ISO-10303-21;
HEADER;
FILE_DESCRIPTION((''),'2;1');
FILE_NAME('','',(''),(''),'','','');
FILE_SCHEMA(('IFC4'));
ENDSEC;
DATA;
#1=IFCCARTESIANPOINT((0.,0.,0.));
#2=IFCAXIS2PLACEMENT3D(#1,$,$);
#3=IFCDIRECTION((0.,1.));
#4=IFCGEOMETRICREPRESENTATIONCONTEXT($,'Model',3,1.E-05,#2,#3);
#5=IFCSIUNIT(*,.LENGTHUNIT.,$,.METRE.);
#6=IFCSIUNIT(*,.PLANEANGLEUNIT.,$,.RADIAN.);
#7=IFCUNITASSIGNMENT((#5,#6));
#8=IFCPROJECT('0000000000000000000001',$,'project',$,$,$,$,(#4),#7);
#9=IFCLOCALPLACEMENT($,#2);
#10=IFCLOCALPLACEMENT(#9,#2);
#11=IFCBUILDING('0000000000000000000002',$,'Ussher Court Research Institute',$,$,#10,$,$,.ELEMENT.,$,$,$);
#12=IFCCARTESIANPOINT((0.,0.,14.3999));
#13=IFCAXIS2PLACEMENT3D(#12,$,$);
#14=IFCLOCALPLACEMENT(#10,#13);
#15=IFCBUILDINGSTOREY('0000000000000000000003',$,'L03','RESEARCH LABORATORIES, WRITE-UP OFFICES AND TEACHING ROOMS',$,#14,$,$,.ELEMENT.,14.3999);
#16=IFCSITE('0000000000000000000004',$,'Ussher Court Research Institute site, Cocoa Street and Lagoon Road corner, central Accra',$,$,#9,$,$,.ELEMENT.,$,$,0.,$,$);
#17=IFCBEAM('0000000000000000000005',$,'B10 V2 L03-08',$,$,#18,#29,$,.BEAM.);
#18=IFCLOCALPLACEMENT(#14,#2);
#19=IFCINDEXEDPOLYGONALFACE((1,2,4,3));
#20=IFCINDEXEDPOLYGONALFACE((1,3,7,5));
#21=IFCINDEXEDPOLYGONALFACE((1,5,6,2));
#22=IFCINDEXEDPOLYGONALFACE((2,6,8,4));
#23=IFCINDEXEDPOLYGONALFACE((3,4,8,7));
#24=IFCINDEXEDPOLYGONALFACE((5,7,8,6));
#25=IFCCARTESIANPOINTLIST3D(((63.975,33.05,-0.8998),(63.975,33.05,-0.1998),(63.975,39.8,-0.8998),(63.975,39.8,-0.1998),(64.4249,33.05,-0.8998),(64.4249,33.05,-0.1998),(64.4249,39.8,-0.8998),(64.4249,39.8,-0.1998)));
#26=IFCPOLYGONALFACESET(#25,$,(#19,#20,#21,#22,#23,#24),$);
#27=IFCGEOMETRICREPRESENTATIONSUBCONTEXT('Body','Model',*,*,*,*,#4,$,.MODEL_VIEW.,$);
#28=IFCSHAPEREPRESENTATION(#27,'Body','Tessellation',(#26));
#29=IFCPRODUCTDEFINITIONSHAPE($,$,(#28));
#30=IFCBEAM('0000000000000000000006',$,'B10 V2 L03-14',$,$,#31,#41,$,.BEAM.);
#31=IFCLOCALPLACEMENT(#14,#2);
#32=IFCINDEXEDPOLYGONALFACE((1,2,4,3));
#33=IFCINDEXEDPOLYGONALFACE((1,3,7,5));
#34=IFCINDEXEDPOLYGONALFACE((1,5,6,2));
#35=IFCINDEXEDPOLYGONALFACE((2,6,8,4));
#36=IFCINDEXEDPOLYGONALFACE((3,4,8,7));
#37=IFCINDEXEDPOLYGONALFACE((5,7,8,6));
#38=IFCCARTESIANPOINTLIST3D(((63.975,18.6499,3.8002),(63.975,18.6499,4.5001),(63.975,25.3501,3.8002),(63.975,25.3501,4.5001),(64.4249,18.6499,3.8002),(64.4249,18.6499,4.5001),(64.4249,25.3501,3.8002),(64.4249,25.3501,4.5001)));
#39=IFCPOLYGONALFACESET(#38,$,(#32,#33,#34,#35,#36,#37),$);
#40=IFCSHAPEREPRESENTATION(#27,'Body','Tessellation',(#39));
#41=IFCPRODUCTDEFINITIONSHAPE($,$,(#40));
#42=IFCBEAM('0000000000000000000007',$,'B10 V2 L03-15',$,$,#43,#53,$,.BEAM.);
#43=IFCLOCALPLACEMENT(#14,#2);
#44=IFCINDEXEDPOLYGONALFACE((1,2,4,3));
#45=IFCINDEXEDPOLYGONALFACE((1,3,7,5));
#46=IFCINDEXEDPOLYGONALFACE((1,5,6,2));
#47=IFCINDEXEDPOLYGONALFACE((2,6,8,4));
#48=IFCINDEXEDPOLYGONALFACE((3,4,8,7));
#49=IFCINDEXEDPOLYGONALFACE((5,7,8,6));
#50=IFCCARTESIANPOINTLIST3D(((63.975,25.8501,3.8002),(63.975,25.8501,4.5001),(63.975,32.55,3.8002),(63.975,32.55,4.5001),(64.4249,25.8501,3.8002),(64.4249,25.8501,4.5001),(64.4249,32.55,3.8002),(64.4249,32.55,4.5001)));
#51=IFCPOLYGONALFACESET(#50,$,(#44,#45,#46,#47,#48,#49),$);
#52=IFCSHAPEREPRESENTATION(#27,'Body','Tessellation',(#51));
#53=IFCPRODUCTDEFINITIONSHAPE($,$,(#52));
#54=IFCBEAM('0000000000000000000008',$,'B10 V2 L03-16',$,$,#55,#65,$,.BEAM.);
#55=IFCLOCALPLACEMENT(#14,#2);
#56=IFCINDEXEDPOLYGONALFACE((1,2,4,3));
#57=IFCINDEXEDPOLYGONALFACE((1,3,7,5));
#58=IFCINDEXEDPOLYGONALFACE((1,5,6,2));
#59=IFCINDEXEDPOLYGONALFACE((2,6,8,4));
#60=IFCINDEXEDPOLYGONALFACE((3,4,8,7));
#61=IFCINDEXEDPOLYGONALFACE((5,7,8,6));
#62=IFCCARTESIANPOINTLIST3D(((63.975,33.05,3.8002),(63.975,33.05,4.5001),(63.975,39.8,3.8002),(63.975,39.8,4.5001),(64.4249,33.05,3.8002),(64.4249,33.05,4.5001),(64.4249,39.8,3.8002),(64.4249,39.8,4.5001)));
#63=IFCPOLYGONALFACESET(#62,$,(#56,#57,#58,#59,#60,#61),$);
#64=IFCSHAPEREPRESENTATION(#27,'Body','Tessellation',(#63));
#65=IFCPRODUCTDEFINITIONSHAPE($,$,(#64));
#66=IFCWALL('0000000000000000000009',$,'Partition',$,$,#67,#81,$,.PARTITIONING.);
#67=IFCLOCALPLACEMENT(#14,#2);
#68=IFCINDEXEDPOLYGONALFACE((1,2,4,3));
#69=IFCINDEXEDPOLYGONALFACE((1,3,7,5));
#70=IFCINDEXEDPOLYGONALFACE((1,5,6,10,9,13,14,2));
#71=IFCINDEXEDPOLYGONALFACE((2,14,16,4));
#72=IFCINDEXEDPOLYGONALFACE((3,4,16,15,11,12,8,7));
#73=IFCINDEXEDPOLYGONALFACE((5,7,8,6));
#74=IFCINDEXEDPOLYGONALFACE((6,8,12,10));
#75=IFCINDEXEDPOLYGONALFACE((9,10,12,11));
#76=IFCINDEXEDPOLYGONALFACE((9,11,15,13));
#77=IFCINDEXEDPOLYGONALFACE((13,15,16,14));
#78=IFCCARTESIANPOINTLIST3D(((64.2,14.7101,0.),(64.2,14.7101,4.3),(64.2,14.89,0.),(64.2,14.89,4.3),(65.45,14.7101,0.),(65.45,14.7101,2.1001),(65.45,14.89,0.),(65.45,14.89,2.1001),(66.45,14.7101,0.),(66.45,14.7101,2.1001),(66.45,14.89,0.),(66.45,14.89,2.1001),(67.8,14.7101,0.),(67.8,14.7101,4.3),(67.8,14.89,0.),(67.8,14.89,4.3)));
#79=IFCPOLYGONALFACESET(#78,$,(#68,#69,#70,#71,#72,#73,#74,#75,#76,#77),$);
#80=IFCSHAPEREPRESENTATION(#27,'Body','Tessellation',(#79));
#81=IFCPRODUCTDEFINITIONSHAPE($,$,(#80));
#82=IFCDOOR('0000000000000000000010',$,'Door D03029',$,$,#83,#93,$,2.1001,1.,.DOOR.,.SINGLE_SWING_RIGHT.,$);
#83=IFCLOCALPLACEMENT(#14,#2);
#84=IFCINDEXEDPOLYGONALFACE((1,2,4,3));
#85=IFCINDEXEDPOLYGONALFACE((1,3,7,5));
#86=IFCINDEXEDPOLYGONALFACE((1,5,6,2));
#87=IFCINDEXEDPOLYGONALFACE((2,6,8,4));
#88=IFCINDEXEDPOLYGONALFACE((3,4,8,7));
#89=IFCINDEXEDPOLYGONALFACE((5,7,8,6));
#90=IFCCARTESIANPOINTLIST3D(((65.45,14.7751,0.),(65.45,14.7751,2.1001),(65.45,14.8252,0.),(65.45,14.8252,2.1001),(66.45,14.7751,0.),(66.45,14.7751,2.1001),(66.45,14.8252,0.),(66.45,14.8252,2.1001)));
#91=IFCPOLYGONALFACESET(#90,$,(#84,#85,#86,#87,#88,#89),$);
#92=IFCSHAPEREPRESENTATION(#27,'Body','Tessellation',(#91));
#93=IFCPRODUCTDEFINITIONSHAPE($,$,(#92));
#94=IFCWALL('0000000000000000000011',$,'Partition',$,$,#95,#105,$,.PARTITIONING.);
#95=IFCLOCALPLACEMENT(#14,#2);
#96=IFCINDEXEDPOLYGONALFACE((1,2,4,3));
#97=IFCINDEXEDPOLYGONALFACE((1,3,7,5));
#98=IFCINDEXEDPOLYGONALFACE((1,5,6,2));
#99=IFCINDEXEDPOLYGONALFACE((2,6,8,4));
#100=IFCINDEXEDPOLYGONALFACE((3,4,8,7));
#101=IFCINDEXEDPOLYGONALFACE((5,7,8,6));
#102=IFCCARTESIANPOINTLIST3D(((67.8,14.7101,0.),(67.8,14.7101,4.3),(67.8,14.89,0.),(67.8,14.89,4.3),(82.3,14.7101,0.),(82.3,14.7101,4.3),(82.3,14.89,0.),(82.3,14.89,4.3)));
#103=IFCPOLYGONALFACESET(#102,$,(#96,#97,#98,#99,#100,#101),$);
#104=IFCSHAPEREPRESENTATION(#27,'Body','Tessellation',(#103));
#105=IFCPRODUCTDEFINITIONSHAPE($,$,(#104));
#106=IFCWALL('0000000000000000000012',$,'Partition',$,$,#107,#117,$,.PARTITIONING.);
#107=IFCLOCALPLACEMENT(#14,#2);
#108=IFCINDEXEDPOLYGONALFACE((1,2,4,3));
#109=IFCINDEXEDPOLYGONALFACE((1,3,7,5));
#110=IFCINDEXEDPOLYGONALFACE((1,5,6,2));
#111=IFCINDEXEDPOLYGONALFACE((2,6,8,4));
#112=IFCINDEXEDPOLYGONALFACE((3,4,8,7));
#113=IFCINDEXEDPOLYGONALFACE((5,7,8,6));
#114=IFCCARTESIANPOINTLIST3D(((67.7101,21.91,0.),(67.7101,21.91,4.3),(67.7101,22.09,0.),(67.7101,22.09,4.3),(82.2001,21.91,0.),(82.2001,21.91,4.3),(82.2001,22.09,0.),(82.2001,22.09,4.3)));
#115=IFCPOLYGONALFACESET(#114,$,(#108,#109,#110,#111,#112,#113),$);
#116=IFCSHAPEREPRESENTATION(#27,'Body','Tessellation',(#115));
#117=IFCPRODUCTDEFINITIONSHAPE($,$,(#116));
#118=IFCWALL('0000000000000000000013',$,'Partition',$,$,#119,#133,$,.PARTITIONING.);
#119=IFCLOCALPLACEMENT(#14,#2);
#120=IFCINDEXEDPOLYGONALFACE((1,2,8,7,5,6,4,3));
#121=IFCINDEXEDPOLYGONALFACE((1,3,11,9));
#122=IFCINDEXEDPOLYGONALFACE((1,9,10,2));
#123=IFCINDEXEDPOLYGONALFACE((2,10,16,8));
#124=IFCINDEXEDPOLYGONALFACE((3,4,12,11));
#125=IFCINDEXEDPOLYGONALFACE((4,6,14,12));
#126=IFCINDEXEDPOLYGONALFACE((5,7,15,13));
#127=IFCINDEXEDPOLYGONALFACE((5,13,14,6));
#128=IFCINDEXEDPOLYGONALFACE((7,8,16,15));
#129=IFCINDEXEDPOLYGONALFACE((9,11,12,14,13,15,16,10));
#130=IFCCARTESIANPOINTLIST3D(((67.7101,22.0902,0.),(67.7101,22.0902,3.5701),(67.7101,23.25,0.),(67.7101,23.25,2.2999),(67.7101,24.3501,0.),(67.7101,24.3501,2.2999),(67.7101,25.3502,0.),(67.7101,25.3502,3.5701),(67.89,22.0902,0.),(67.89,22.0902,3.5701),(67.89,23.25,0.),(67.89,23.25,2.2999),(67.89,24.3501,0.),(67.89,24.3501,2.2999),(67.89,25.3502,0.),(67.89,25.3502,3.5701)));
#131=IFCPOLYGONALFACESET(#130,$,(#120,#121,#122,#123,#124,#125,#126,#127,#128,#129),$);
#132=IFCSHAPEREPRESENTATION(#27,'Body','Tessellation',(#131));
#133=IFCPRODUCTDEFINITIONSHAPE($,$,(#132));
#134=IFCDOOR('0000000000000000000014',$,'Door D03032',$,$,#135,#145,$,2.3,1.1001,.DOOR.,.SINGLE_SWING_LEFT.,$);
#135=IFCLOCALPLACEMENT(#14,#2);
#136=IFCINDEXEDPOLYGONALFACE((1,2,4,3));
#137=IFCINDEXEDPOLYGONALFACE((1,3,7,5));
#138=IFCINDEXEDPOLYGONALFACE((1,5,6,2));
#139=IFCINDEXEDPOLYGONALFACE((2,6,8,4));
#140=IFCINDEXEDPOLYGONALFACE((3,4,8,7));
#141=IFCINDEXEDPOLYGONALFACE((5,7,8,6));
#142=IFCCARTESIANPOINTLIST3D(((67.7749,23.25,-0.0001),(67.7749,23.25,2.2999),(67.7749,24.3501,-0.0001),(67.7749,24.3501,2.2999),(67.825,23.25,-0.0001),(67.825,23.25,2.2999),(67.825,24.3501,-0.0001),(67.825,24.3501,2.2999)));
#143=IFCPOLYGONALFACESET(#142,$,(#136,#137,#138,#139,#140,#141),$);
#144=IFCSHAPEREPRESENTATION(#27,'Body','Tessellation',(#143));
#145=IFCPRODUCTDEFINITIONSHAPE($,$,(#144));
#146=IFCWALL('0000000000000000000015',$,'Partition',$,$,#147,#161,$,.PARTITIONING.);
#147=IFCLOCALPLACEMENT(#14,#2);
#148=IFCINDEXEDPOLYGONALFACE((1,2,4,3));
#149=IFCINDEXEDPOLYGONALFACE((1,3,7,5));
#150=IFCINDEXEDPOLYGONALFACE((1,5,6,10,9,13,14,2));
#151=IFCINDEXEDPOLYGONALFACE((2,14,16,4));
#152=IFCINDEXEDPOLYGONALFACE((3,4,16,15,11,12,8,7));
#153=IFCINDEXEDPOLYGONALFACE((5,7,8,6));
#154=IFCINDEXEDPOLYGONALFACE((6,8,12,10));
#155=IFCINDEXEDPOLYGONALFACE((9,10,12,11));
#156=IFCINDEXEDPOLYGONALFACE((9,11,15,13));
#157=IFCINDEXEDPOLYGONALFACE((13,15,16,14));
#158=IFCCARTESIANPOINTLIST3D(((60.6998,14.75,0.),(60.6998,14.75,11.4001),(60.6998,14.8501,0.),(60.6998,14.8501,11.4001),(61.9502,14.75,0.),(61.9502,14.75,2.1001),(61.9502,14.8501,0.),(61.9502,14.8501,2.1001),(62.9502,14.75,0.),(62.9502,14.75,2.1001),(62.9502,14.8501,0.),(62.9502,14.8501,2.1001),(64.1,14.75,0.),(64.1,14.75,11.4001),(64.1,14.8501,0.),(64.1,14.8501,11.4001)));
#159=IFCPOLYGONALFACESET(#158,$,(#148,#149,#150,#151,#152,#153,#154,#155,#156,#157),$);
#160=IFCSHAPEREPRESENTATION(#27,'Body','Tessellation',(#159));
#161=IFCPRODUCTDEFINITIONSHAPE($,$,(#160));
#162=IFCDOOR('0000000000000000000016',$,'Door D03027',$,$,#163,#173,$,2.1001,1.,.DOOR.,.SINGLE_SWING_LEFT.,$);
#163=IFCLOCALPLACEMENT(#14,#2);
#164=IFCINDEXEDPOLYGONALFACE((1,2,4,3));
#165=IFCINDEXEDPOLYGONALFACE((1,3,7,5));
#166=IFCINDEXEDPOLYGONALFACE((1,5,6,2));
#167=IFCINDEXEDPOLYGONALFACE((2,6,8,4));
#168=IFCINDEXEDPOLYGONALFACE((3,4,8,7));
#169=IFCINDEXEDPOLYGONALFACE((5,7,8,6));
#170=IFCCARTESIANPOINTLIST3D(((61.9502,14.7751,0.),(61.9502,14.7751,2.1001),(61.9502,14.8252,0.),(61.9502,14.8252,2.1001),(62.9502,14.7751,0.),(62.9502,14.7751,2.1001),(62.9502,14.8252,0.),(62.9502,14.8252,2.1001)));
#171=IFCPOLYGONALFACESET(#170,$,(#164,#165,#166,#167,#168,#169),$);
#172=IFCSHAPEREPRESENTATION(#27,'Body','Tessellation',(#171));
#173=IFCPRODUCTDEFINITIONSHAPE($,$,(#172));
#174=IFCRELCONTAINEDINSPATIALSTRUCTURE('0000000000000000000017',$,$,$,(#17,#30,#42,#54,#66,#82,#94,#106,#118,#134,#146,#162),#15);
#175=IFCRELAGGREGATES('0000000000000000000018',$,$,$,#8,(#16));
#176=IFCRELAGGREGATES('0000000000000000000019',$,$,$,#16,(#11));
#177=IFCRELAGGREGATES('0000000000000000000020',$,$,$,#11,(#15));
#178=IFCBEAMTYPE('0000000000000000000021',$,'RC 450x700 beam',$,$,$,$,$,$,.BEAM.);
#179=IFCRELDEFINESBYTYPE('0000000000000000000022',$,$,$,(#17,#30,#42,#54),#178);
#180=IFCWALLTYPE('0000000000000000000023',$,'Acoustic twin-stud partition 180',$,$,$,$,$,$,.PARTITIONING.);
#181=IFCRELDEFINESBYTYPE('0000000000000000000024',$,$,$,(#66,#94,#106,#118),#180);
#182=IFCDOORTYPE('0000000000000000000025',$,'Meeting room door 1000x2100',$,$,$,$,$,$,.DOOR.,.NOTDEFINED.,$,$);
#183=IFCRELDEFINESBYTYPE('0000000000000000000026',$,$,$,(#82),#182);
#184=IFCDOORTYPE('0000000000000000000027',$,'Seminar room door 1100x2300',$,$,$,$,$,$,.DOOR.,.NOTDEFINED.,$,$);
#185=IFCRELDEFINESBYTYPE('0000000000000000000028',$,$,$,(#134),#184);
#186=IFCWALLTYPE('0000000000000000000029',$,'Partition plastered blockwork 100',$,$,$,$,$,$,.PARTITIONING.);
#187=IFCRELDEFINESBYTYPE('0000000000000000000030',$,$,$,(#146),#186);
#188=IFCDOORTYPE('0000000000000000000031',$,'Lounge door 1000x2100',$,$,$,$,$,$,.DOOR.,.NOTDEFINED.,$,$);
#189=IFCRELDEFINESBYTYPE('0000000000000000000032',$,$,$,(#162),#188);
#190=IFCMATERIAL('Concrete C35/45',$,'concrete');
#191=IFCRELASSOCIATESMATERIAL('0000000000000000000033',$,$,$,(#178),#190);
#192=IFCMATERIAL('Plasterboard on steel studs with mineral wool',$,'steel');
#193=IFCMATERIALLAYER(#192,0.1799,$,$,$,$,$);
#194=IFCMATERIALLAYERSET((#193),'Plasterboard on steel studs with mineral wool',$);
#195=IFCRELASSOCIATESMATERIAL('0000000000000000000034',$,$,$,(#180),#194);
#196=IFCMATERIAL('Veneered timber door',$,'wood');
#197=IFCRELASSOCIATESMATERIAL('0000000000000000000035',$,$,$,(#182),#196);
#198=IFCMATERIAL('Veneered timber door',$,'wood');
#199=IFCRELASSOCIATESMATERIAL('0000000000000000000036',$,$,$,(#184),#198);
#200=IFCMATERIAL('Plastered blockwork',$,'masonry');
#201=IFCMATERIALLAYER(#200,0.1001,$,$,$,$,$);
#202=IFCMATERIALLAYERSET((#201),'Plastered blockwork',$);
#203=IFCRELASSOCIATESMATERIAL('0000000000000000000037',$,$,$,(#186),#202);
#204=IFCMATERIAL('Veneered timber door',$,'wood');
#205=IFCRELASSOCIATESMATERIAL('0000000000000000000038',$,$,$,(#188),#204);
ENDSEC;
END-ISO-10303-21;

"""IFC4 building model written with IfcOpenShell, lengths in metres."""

from ifc_helpers import new_model, si_unit, direction, frame, frame_2d, origin, origin_2d, place, context, subcontext, project, spatial, rectangle, extrude, material, layer, layer_set, material_profile, profile_set, type_object, element, fill, save


model = new_model("IFC4")

# Units and contexts
model_context = context("Model", 3, precision=1e-05, world=origin(), true_north=direction((0.0, 1.0)))
body_context = subcontext(model_context, "Body", "Model", "MODEL_VIEW")
ifc_project = project(units=[si_unit("LENGTHUNIT", "METRE"), si_unit("PLANEANGLEUNIT", "RADIAN")], contexts=[model_context])

# Site, building, storey
site_placement = place(None, origin())
site = spatial("IfcSite", under=ifc_project, at=site_placement, Name="Ussher Court Research Institute site, Cocoa Street and Lagoon Road corner, central Accra", CompositionType="ELEMENT", RefElevation=0.0)
building_placement = place(site_placement, origin())
building = spatial("IfcBuilding", under=site, at=building_placement, Name="Ussher Court Research Institute", CompositionType="ELEMENT")
storey_placement = place(building_placement, frame((0.0, 0.0, 14.3999)))
storey = spatial("IfcBuildingStorey", under=building, at=storey_placement, Name="L03", Description="RESEARCH LABORATORIES, WRITE-UP OFFICES AND TEACHING ROOMS", CompositionType="ELEMENT", Elevation=14.3999)

# Beams
ifc_material_1 = material(Name="Concrete C35/45", Category="concrete")
ifc_material_profile_1 = material_profile(ifc_material_1, rectangle(XDim=0.45, YDim=0.7, at=origin_2d()), Name="RC 450x700")
ifc_profile_set_1 = profile_set([ifc_material_profile_1], Name="Concrete C35/45")
beam_type_1 = type_object("IfcBeamType", Name="RC 450x700 beam", PredefinedType="BEAM", material=ifc_profile_set_1)
beam_1_placement = place(storey_placement, frame((64.2, 33.05, -0.5498), z_axis=(0.0, 1.0, 0.0), x_axis=(-1.0, 0.0, 0.0)))
element("IfcBeam", 1, at=beam_1_placement, inside=storey, type_object=beam_type_1, Name="B10 V2 L03-08", PredefinedType="BEAM", context=body_context, shape_type="SweptSolid", body=[
    extrude(rectangle(XDim=0.45, YDim=0.7, at=origin_2d()), origin(), (0.0, 0.0, 1.0), 6.75),
])
beam_2_placement = place(storey_placement, frame((64.2, 18.6499, 4.1501), z_axis=(0.0, 1.0, 0.0), x_axis=(-1.0, 0.0, 0.0)))
element("IfcBeam", 2, at=beam_2_placement, inside=storey, type_object=beam_type_1, Name="B10 V2 L03-14", PredefinedType="BEAM", context=body_context, shape_type="SweptSolid", body=[
    extrude(rectangle(XDim=0.45, YDim=0.7, at=origin_2d()), origin(), (0.0, 0.0, 1.0), 6.7002),
])
beam_3_placement = place(storey_placement, frame((64.2, 25.8501, 4.1501), z_axis=(0.0, 1.0, 0.0), x_axis=(-1.0, 0.0, 0.0)))
element("IfcBeam", 3, at=beam_3_placement, inside=storey, type_object=beam_type_1, Name="B10 V2 L03-15", PredefinedType="BEAM", context=body_context, shape_type="SweptSolid", body=[
    extrude(rectangle(XDim=0.45, YDim=0.7, at=origin_2d()), origin(), (0.0, 0.0, 1.0), 6.7),
])
beam_4_placement = place(storey_placement, frame((64.2, 33.05, 4.1501), z_axis=(0.0, 1.0, 0.0), x_axis=(-1.0, 0.0, 0.0)))
element("IfcBeam", 4, at=beam_4_placement, inside=storey, type_object=beam_type_1, Name="B10 V2 L03-16", PredefinedType="BEAM", context=body_context, shape_type="SweptSolid", body=[
    extrude(rectangle(XDim=0.45, YDim=0.7, at=origin_2d()), origin(), (0.0, 0.0, 1.0), 6.75),
])

# Wall, opening, door
ifc_material_2 = material(Name="Plasterboard on steel studs with mineral wool", Category="steel")
ifc_layer_1 = layer(ifc_material_2, 0.1799)
ifc_layer_set_1 = layer_set([ifc_layer_1], Name="Plasterboard on steel studs with mineral wool")
wall_type_1 = type_object("IfcWallType", Name="Acoustic twin-stud partition 180", PredefinedType="PARTITIONING", material=ifc_layer_set_1)
wall_1_placement = place(storey_placement, frame((67.8, 14.8, 0.0), z_axis=(0.0, 0.0, 1.0), x_axis=(-1.0, 0.0, 0.0)))
wall_1 = element("IfcWall", 5, at=wall_1_placement, inside=storey, type_object=wall_type_1, Name="Partition", PredefinedType="PARTITIONING", context=body_context, shape_type="SweptSolid", body=[
    extrude(rectangle(XDim=3.6001, YDim=0.1799, at=frame_2d((1.8, 0.0))), origin(), (0.0, 0.0, 1.0), 4.3),
])
opening_1_placement = place(wall_1_placement, frame((1.3501, 0.0, 0.0)))
opening_1 = element("IfcOpeningElement", 6, at=opening_1_placement, cuts=wall_1, PredefinedType="OPENING", context=body_context, shape_type="SweptSolid", body=[
    extrude(rectangle(XDim=1.0, YDim=2.1001, at=frame_2d((0.5, 1.05))), frame((0.0, 0.1001, 0.0), z_axis=(0.0, -1.0, 0.0), x_axis=(1.0, 0.0, 0.0)), (0.0, 0.0, 1.0), 0.2),
])
ifc_material_3 = material(Name="Veneered timber door", Category="wood")
door_type_1 = type_object("IfcDoorType", Name="Meeting room door 1000x2100", OperationType="NOTDEFINED", PredefinedType="DOOR", material=ifc_material_3)
door_1_placement = place(opening_1_placement, origin())
door_1 = element("IfcDoor", 7, at=door_1_placement, inside=storey, type_object=door_type_1, Name="Door D03029", OperationType="SINGLE_SWING_RIGHT", OverallHeight=2.1001, OverallWidth=1.0, PredefinedType="DOOR", context=body_context, shape_type="SweptSolid", body=[
    extrude(rectangle(XDim=1.0, YDim=2.1001, at=frame_2d((0.5, 1.05))), frame((0.0, 0.0249, 0.0), z_axis=(0.0, -1.0, 0.0), x_axis=(1.0, 0.0, 0.0)), (0.0, 0.0, 1.0), 0.05),
])
fill(opening_1, door_1)

# Walls
wall_2_placement = place(storey_placement, frame((67.8, 14.8, 0.0), z_axis=(0.0, 0.0, 1.0), x_axis=(1.0, 0.0, 0.0)))
element("IfcWall", 8, at=wall_2_placement, inside=storey, type_object=wall_type_1, Name="Partition", PredefinedType="PARTITIONING", context=body_context, shape_type="SweptSolid", body=[
    extrude(rectangle(XDim=14.5, YDim=0.1799, at=frame_2d((7.25, 0.0))), origin(), (0.0, 0.0, 1.0), 4.3),
])
wall_3_placement = place(storey_placement, frame((67.71, 22.0, 0.0), z_axis=(0.0, 0.0, 1.0), x_axis=(1.0, 0.0, 0.0)))
element("IfcWall", 9, at=wall_3_placement, inside=storey, type_object=wall_type_1, Name="Partition", PredefinedType="PARTITIONING", context=body_context, shape_type="SweptSolid", body=[
    extrude(rectangle(XDim=14.49, YDim=0.1799, at=frame_2d((7.2451, 0.0))), origin(), (0.0, 0.0, 1.0), 4.3),
])

# Walls, openings, doors
wall_4_placement = place(storey_placement, frame((67.8, 25.3501, 0.0), z_axis=(0.0, 0.0, 1.0), x_axis=(0.0, -1.0, 0.0)))
wall_4 = element("IfcWall", 10, at=wall_4_placement, inside=storey, type_object=wall_type_1, Name="Partition", PredefinedType="PARTITIONING", context=body_context, shape_type="SweptSolid", body=[
    extrude(rectangle(XDim=3.26, YDim=0.1799, at=frame_2d((1.6299, 0.0))), origin(), (0.0, 0.0, 1.0), 3.5701),
])
opening_2_placement = place(wall_4_placement, frame((1.0, 0.0, 0.0)))
opening_2 = element("IfcOpeningElement", 11, at=opening_2_placement, cuts=wall_4, PredefinedType="OPENING", context=body_context, shape_type="SweptSolid", body=[
    extrude(rectangle(XDim=1.1001, YDim=2.3, at=frame_2d((0.55, 1.1499))), frame((0.0, 0.1001, 0.0), z_axis=(0.0, -1.0, 0.0), x_axis=(1.0, 0.0, 0.0)), (0.0, 0.0, 1.0), 0.2),
])
ifc_material_4 = material(Name="Veneered timber door", Category="wood")
door_type_2 = type_object("IfcDoorType", Name="Seminar room door 1100x2300", OperationType="NOTDEFINED", PredefinedType="DOOR", material=ifc_material_4)
door_2_placement = place(opening_2_placement, origin())
door_2 = element("IfcDoor", 12, at=door_2_placement, inside=storey, type_object=door_type_2, Name="Door D03032", OperationType="SINGLE_SWING_LEFT", OverallHeight=2.3, OverallWidth=1.1001, PredefinedType="DOOR", context=body_context, shape_type="SweptSolid", body=[
    extrude(rectangle(XDim=1.1001, YDim=2.3, at=frame_2d((0.55, 1.1499))), frame((0.0, 0.0249, 0.0), z_axis=(0.0, -1.0, 0.0), x_axis=(1.0, 0.0, 0.0)), (0.0, 0.0, 1.0), 0.05),
])
fill(opening_2, door_2)
ifc_material_5 = material(Name="Plastered blockwork", Category="masonry")
ifc_layer_2 = layer(ifc_material_5, 0.1001)
ifc_layer_set_2 = layer_set([ifc_layer_2], Name="Plastered blockwork")
wall_type_2 = type_object("IfcWallType", Name="Partition plastered blockwork 100", PredefinedType="PARTITIONING", material=ifc_layer_set_2)
wall_5_placement = place(storey_placement, frame((64.1001, 14.8, 0.0), z_axis=(0.0, 0.0, 1.0), x_axis=(-1.0, 0.0, 0.0)))
wall_5 = element("IfcWall", 13, at=wall_5_placement, inside=storey, type_object=wall_type_2, Name="Partition", PredefinedType="PARTITIONING", context=body_context, shape_type="SweptSolid", body=[
    extrude(rectangle(XDim=3.4001, YDim=0.1001, at=frame_2d((1.7002, 0.0))), origin(), (0.0, 0.0, 1.0), 11.4001),
])
opening_3_placement = place(wall_5_placement, frame((1.1499, 0.0, 0.0)))
opening_3 = element("IfcOpeningElement", 14, at=opening_3_placement, cuts=wall_5, PredefinedType="OPENING", context=body_context, shape_type="SweptSolid", body=[
    extrude(rectangle(XDim=1.0, YDim=2.1001, at=frame_2d((0.5, 1.05))), frame((0.0, 0.0601, 0.0), z_axis=(0.0, -1.0, 0.0), x_axis=(1.0, 0.0, 0.0)), (0.0, 0.0, 1.0), 0.1201),
])
ifc_material_6 = material(Name="Veneered timber door", Category="wood")
door_type_3 = type_object("IfcDoorType", Name="Lounge door 1000x2100", OperationType="NOTDEFINED", PredefinedType="DOOR", material=ifc_material_6)
door_3_placement = place(opening_3_placement, origin())
door_3 = element("IfcDoor", 15, at=door_3_placement, inside=storey, type_object=door_type_3, Name="Door D03027", OperationType="SINGLE_SWING_LEFT", OverallHeight=2.1001, OverallWidth=1.0, PredefinedType="DOOR", context=body_context, shape_type="SweptSolid", body=[
    extrude(rectangle(XDim=1.0, YDim=2.1001, at=frame_2d((0.5, 1.05))), frame((0.0, 0.0249, 0.0), z_axis=(0.0, -1.0, 0.0), x_axis=(1.0, 0.0, 0.0)), (0.0, 0.0, 1.0), 0.05),
])
fill(opening_3, door_3)

save(model, "model.ifc")
